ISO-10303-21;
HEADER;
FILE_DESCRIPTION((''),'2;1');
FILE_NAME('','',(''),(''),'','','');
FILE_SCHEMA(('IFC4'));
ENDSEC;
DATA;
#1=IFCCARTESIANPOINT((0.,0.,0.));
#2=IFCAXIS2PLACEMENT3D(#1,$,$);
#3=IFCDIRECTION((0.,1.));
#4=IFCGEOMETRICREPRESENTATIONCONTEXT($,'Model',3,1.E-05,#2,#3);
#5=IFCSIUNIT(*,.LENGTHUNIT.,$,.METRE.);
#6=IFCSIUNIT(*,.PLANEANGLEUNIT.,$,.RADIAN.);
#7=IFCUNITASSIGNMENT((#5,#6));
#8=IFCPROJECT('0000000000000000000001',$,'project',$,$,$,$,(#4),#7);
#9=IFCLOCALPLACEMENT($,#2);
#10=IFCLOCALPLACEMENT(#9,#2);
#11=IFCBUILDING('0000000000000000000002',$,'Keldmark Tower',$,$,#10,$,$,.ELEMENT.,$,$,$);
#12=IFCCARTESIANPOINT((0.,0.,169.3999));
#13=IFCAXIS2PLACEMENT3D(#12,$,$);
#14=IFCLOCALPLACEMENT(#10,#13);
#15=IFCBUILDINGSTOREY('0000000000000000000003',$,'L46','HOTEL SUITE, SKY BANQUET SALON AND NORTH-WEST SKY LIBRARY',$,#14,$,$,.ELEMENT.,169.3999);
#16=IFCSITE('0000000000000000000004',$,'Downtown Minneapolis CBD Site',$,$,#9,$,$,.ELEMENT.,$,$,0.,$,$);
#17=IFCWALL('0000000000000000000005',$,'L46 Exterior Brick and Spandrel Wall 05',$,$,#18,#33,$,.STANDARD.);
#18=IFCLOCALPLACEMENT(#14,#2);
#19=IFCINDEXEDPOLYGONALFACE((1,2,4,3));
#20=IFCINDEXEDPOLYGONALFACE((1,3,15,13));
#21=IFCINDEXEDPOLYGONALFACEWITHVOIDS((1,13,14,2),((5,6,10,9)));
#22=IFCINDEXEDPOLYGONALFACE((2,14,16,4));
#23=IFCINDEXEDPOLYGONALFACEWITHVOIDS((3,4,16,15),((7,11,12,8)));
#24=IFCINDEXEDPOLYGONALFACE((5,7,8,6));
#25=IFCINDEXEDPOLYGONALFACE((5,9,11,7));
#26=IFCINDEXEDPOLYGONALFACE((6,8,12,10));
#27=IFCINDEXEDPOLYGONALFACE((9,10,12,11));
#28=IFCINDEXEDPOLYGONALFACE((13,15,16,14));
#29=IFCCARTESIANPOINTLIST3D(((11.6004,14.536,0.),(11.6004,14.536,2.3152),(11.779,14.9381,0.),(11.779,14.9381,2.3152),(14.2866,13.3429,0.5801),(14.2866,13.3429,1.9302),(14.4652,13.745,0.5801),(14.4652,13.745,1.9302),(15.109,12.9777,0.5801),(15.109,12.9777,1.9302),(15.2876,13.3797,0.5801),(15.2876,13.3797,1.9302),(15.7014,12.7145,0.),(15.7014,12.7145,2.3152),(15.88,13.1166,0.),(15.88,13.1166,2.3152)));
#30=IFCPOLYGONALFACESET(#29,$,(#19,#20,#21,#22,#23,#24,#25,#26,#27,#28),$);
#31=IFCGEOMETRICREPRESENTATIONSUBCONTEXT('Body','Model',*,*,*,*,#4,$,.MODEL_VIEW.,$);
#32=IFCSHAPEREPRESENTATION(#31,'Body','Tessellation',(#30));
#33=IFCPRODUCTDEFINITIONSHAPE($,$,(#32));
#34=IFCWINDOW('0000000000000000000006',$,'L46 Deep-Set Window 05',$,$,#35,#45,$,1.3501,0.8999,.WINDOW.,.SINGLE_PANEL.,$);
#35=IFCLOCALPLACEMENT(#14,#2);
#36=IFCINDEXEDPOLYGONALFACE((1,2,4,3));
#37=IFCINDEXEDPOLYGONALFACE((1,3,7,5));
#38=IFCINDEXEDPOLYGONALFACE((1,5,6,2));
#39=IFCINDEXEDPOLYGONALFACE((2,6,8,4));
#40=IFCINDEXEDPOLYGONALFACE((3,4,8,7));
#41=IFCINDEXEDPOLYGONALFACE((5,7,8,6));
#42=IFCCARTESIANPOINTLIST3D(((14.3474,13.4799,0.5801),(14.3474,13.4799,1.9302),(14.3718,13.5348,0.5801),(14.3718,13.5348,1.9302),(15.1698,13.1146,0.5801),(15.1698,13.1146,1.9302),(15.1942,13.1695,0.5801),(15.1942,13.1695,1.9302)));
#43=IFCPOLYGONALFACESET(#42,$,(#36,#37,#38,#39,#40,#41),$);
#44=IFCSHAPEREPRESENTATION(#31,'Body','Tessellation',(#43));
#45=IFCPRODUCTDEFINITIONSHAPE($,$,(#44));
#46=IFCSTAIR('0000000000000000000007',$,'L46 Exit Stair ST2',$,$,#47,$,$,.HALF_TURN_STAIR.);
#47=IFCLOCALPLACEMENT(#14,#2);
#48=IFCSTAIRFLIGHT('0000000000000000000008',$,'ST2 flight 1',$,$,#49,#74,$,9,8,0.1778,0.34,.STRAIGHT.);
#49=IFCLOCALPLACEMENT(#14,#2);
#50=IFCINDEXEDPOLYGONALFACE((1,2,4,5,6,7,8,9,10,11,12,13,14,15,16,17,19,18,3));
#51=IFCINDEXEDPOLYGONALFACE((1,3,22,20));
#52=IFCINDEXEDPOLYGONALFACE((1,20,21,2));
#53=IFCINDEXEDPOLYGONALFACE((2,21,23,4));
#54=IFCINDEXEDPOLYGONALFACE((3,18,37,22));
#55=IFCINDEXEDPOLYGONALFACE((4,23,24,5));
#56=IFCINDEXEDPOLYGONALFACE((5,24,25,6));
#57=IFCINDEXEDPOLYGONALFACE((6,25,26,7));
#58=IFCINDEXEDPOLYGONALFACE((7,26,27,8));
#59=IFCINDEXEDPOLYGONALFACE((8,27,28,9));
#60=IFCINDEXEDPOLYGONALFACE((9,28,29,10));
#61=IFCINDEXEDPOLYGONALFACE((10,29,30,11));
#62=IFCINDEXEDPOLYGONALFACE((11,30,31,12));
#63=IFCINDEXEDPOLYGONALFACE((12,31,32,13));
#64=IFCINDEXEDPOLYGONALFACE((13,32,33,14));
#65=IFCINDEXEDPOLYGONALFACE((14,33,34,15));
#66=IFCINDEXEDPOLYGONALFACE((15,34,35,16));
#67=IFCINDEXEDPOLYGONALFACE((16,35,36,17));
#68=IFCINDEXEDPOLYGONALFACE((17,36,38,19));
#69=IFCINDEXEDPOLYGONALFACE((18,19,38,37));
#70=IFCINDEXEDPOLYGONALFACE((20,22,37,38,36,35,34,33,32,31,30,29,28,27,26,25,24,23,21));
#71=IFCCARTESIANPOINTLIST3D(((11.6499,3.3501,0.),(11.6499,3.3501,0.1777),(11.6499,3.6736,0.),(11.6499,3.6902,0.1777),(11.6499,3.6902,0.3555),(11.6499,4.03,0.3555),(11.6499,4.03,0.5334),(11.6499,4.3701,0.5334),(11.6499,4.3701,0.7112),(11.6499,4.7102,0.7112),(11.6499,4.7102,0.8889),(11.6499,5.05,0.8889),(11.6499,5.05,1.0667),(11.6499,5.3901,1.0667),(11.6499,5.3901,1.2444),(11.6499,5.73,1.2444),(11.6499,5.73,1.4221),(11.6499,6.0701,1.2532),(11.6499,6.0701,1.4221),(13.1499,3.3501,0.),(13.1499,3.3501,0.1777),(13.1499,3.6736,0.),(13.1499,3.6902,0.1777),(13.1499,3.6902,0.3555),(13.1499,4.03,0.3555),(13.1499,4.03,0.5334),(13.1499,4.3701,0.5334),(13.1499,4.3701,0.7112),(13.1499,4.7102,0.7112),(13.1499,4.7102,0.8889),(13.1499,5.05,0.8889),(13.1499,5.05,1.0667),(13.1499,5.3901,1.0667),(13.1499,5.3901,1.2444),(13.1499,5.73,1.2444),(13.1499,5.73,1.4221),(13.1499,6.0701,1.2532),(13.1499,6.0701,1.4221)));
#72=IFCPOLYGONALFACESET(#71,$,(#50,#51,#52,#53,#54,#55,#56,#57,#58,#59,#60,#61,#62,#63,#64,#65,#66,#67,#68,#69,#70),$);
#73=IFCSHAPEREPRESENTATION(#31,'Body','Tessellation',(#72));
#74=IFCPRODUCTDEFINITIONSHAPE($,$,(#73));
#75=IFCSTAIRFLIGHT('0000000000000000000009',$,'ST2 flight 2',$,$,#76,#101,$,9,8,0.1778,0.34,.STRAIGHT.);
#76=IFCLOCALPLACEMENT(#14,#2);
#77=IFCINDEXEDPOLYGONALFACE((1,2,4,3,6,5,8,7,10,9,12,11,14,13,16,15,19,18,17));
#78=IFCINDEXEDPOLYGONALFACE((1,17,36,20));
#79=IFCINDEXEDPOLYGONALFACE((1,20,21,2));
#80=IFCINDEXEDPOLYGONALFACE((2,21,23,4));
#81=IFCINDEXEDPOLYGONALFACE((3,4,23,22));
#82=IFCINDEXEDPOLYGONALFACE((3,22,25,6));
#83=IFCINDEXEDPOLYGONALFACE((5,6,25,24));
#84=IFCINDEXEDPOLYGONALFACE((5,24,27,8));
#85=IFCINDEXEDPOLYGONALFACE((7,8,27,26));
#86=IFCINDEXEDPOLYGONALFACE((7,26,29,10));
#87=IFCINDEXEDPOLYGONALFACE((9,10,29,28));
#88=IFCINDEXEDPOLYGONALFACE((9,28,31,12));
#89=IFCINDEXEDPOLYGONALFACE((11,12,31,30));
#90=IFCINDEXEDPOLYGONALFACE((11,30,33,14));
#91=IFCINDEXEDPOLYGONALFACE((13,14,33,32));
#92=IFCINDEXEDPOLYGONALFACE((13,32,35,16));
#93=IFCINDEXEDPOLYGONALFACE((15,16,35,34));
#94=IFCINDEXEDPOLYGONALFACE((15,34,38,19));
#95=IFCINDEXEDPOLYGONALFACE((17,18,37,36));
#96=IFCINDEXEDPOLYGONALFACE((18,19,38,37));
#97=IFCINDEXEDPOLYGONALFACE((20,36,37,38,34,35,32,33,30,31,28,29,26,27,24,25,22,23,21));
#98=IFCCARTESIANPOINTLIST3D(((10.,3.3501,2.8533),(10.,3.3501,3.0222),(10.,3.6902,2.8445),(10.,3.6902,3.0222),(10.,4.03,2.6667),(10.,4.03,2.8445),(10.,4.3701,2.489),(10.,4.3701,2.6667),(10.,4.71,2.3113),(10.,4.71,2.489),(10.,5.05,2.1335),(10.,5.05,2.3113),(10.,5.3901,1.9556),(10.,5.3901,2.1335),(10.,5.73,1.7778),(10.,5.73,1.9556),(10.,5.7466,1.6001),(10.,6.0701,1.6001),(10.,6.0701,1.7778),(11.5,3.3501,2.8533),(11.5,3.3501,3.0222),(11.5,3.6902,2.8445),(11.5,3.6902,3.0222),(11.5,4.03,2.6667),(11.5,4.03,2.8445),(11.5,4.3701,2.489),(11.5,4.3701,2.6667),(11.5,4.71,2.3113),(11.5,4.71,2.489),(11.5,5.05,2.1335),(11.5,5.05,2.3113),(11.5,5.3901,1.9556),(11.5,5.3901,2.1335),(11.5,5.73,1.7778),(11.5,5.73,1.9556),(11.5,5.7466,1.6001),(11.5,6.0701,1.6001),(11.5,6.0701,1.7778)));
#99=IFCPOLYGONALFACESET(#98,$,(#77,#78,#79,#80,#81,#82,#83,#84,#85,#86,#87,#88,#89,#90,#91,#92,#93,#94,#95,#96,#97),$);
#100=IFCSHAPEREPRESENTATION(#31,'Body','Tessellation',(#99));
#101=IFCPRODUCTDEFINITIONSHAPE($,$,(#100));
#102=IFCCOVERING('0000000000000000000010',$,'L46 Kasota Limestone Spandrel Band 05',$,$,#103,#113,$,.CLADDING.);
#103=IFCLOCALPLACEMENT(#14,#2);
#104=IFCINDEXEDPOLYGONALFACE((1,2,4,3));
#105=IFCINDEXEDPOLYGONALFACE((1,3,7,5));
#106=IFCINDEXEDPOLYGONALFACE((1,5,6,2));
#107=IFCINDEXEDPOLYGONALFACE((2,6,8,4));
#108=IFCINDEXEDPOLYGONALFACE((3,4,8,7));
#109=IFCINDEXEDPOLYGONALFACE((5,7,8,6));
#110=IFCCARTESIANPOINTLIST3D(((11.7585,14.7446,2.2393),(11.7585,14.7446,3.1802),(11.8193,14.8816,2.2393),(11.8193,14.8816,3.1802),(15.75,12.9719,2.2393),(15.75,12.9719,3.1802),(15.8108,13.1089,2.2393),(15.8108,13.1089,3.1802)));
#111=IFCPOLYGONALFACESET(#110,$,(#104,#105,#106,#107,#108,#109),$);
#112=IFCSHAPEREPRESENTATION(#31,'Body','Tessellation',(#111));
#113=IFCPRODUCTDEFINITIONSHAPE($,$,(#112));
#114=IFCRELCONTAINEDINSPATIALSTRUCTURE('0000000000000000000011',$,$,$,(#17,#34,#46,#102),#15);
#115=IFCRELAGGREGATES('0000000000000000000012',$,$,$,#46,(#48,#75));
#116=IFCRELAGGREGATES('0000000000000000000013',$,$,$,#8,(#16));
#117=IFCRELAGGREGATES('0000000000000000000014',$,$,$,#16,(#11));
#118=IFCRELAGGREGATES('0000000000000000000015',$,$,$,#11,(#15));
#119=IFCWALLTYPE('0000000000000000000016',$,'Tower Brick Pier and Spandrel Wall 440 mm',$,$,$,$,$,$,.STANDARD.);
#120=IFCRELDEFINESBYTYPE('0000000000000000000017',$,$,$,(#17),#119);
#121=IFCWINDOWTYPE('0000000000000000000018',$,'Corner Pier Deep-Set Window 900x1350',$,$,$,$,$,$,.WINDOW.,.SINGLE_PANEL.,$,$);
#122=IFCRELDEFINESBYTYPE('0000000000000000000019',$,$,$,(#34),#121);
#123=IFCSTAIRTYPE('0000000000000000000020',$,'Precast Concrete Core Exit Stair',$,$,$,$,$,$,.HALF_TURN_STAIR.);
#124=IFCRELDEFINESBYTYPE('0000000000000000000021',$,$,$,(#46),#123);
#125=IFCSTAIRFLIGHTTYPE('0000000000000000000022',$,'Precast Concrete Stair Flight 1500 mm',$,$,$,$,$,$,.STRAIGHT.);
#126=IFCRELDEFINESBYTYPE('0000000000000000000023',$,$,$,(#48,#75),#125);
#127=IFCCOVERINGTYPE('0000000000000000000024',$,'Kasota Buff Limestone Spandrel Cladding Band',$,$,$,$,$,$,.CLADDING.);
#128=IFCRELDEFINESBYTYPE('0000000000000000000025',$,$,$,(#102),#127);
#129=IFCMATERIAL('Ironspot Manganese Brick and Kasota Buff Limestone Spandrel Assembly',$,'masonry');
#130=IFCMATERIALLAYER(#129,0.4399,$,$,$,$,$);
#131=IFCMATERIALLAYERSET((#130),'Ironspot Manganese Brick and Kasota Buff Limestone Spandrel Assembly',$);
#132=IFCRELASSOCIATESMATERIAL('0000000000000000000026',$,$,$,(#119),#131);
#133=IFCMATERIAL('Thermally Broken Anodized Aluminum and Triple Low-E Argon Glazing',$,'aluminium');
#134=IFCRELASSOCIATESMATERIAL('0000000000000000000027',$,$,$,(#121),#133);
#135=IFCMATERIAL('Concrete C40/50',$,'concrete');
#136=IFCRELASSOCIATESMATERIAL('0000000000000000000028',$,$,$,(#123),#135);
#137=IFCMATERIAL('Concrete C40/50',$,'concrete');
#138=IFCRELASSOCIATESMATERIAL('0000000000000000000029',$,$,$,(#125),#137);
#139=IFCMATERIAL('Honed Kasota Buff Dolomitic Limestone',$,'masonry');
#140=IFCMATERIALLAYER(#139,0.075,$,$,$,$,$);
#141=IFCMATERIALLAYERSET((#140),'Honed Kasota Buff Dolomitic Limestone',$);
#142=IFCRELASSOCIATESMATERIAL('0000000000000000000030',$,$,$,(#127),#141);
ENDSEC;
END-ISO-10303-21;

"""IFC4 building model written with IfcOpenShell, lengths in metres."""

from ifc_helpers import new_model, si_unit, direction, frame, frame_2d, origin, origin_2d, place, context, subcontext, project, spatial, polyline, rectangle, outline, extrude, material, layer, layer_set, type_object, element, fill, aggregate, save


model = new_model("IFC4")

# Units and contexts
model_context = context("Model", 3, precision=1e-05, world=origin(), true_north=direction((0.0, 1.0)))
body_context = subcontext(model_context, "Body", "Model", "MODEL_VIEW")
ifc_project = project(units=[si_unit("LENGTHUNIT", "METRE"), si_unit("PLANEANGLEUNIT", "RADIAN")], contexts=[model_context])

# Site, building, storey
site_placement = place(None, origin())
site = spatial("IfcSite", under=ifc_project, at=site_placement, Name="Downtown Minneapolis CBD Site", CompositionType="ELEMENT", RefElevation=0.0)
building_placement = place(site_placement, origin())
building = spatial("IfcBuilding", under=site, at=building_placement, Name="Keldmark Tower", CompositionType="ELEMENT")
storey_placement = place(building_placement, frame((0.0, 0.0, 169.3999)))
storey = spatial("IfcBuildingStorey", under=building, at=storey_placement, Name="L46", Description="HOTEL SUITE, SKY BANQUET SALON AND NORTH-WEST SKY LIBRARY", CompositionType="ELEMENT", Elevation=169.3999)

# Wall, opening, window
ifc_material_1 = material(Name="Ironspot Manganese Brick and Kasota Buff Limestone Spandrel Assembly", Category="masonry")
ifc_layer_1 = layer(ifc_material_1, 0.4399)
ifc_layer_set_1 = layer_set([ifc_layer_1], Name="Ironspot Manganese Brick and Kasota Buff Limestone Spandrel Assembly")
wall_type_1 = type_object("IfcWallType", Name="Tower Brick Pier and Spandrel Wall 440 mm", PredefinedType="STANDARD", material=ifc_layer_set_1)
ifc_material_2 = material(Name="Thermally Broken Anodized Aluminum and Triple Low-E Argon Glazing", Category="aluminium")
window_type = type_object("IfcWindowType", Name="Corner Pier Deep-Set Window 900x1350", PartitioningType="SINGLE_PANEL", PredefinedType="WINDOW", material=ifc_material_2)
wall_1_placement = place(storey_placement, frame((11.6897, 14.7371, 0.0), z_axis=(0.0, 0.0, 1.0), x_axis=(0.913908, -0.405921, 0.0)))
wall_1 = element("IfcWall", 1, at=wall_1_placement, inside=storey, type_object=wall_type_1, Name="L46 Exterior Brick and Spandrel Wall 05", PredefinedType="STANDARD", context=body_context, shape_type="SweptSolid", body=[
    extrude(rectangle(XDim=4.4873, YDim=0.4399, at=frame_2d((2.2437, 0.0))), origin(), (0.0, 0.0, 1.0), 2.3152),
])
opening_1_placement = place(wall_1_placement, frame((2.9392, 0.0, 0.5801)))
opening_1 = element("IfcOpeningElement", 2, at=opening_1_placement, cuts=wall_1, PredefinedType="OPENING", context=body_context, shape_type="SweptSolid", body=[
    extrude(rectangle(XDim=0.8999, YDim=1.3501, at=frame_2d((0.45, 0.675))), frame((0.0, 0.23, 0.0), z_axis=(0.0, -1.0, 0.0), x_axis=(1.0, 0.0, 0.0)), (0.0, 0.0, 1.0), 0.46),
])
window_1_placement = place(opening_1_placement, origin())
window_1 = element("IfcWindow", 3, at=window_1_placement, inside=storey, type_object=window_type, Name="L46 Deep-Set Window 05", OverallHeight=1.3501, OverallWidth=0.8999, PartitioningType="SINGLE_PANEL", PredefinedType="WINDOW", context=body_context, shape_type="SweptSolid", body=[
    extrude(rectangle(XDim=0.8999, YDim=1.3501, at=frame_2d((0.45, 0.675))), frame((0.0, -0.01, 0.0), z_axis=(0.0, -1.0, 0.0), x_axis=(1.0, 0.0, 0.0)), (0.0, 0.0, 1.0), 0.0601),
])
fill(opening_1, window_1)

# Stair, stair flights
ifc_material_3 = material(Name="Concrete C40/50", Category="concrete")
stair_type = type_object("IfcStairType", Name="Precast Concrete Core Exit Stair", PredefinedType="HALF_TURN_STAIR", material=ifc_material_3)
stair_placement = place(storey_placement, origin())
stair = element("IfcStair", 4, at=stair_placement, inside=storey, type_object=stair_type, Name="L46 Exit Stair ST2", PredefinedType="HALF_TURN_STAIR")
ifc_material_4 = material(Name="Concrete C40/50", Category="concrete")
stair_flight_type = type_object("IfcStairFlightType", Name="Precast Concrete Stair Flight 1500 mm", PredefinedType="STRAIGHT", material=ifc_material_4)
stair_flight_1_placement = place(storey_placement, frame((12.3999, 3.3501, 0.0), z_axis=(0.0, 0.0, 1.0), x_axis=(0.0, 1.0, 0.0)))
stair_flight_1 = element("IfcStairFlight", 5, at=stair_flight_1_placement, type_object=stair_flight_type, Name="ST2 flight 1", NumberOfRisers=9, NumberOfTreads=8, PredefinedType="STRAIGHT", RiserHeight=0.1778, TreadLength=0.34, context=body_context, shape_type="SweptSolid", body=[
    extrude(outline(polyline([(0.0, 0.0), (0.0, 0.1777), (0.3401, 0.1777), (0.3401, 0.3555), (0.6799, 0.3555), (0.6799, 0.5334), (1.02, 0.5334), (1.02, 0.7112), (1.3601, 0.7112), (1.3601, 0.8889), (1.7, 0.8889), (1.7, 1.0667), (2.04, 1.0667), (2.04, 1.2444), (2.3799, 1.2444), (2.3799, 1.4221), (2.72, 1.4221), (2.72, 1.6001), (2.72, 1.2532), (0.3235, 0.0), (0.0, 0.0)])), frame((0.0, 0.75, 0.0), z_axis=(0.0, -1.0, 0.0), x_axis=(1.0, 0.0, 0.0)), (0.0, 0.0, 1.0), 1.5),
])
stair_flight_2_placement = place(storey_placement, frame((10.75, 6.0701, 1.6001), z_axis=(0.0, 0.0, 1.0), x_axis=(0.0, -1.0, 0.0)))
stair_flight_2 = element("IfcStairFlight", 6, at=stair_flight_2_placement, type_object=stair_flight_type, Name="ST2 flight 2", NumberOfRisers=9, NumberOfTreads=8, PredefinedType="STRAIGHT", RiserHeight=0.1778, TreadLength=0.34, context=body_context, shape_type="SweptSolid", body=[
    extrude(outline(polyline([(0.0, 0.0), (0.0, 0.1777), (0.3401, 0.1777), (0.3401, 0.3555), (0.6799, 0.3555), (0.6799, 0.5334), (1.02, 0.5334), (1.02, 0.7112), (1.3601, 0.7112), (1.3601, 0.8889), (1.7, 0.8889), (1.7, 1.0667), (2.04, 1.0667), (2.04, 1.2444), (2.3799, 1.2444), (2.3799, 1.4221), (2.72, 1.4221), (2.72, 1.6001), (2.72, 1.2532), (0.3235, 0.0), (0.0, 0.0)])), frame((0.0, 0.75, 0.0), z_axis=(0.0, -1.0, 0.0), x_axis=(1.0, 0.0, 0.0)), (0.0, 0.0, 1.0), 1.5),
])
aggregate(stair, [stair_flight_1, stair_flight_2])

# Covering
ifc_material_5 = material(Name="Honed Kasota Buff Dolomitic Limestone", Category="masonry")
ifc_layer_2 = layer(ifc_material_5, 0.075)
ifc_layer_set_2 = layer_set([ifc_layer_2], Name="Honed Kasota Buff Dolomitic Limestone")
covering_type = type_object("IfcCoveringType", Name="Kasota Buff Limestone Spandrel Cladding Band", PredefinedType="CLADDING", material=ifc_layer_set_2)
covering_placement = place(storey_placement, frame((13.7847, 13.9268, 2.2393), z_axis=(0.0, 0.0, 1.0), x_axis=(-0.913921, 0.405891, 0.0)))
element("IfcCovering", 7, at=covering_placement, inside=storey, type_object=covering_type, Name="L46 Kasota Limestone Spandrel Band 05", PredefinedType="CLADDING", context=body_context, shape_type="SweptSolid", body=[
    extrude(rectangle(XDim=4.3674, YDim=0.1499, at=origin_2d()), origin(), (0.0, 0.0, 1.0), 0.9409),
])

save(model, "model.ifc")
